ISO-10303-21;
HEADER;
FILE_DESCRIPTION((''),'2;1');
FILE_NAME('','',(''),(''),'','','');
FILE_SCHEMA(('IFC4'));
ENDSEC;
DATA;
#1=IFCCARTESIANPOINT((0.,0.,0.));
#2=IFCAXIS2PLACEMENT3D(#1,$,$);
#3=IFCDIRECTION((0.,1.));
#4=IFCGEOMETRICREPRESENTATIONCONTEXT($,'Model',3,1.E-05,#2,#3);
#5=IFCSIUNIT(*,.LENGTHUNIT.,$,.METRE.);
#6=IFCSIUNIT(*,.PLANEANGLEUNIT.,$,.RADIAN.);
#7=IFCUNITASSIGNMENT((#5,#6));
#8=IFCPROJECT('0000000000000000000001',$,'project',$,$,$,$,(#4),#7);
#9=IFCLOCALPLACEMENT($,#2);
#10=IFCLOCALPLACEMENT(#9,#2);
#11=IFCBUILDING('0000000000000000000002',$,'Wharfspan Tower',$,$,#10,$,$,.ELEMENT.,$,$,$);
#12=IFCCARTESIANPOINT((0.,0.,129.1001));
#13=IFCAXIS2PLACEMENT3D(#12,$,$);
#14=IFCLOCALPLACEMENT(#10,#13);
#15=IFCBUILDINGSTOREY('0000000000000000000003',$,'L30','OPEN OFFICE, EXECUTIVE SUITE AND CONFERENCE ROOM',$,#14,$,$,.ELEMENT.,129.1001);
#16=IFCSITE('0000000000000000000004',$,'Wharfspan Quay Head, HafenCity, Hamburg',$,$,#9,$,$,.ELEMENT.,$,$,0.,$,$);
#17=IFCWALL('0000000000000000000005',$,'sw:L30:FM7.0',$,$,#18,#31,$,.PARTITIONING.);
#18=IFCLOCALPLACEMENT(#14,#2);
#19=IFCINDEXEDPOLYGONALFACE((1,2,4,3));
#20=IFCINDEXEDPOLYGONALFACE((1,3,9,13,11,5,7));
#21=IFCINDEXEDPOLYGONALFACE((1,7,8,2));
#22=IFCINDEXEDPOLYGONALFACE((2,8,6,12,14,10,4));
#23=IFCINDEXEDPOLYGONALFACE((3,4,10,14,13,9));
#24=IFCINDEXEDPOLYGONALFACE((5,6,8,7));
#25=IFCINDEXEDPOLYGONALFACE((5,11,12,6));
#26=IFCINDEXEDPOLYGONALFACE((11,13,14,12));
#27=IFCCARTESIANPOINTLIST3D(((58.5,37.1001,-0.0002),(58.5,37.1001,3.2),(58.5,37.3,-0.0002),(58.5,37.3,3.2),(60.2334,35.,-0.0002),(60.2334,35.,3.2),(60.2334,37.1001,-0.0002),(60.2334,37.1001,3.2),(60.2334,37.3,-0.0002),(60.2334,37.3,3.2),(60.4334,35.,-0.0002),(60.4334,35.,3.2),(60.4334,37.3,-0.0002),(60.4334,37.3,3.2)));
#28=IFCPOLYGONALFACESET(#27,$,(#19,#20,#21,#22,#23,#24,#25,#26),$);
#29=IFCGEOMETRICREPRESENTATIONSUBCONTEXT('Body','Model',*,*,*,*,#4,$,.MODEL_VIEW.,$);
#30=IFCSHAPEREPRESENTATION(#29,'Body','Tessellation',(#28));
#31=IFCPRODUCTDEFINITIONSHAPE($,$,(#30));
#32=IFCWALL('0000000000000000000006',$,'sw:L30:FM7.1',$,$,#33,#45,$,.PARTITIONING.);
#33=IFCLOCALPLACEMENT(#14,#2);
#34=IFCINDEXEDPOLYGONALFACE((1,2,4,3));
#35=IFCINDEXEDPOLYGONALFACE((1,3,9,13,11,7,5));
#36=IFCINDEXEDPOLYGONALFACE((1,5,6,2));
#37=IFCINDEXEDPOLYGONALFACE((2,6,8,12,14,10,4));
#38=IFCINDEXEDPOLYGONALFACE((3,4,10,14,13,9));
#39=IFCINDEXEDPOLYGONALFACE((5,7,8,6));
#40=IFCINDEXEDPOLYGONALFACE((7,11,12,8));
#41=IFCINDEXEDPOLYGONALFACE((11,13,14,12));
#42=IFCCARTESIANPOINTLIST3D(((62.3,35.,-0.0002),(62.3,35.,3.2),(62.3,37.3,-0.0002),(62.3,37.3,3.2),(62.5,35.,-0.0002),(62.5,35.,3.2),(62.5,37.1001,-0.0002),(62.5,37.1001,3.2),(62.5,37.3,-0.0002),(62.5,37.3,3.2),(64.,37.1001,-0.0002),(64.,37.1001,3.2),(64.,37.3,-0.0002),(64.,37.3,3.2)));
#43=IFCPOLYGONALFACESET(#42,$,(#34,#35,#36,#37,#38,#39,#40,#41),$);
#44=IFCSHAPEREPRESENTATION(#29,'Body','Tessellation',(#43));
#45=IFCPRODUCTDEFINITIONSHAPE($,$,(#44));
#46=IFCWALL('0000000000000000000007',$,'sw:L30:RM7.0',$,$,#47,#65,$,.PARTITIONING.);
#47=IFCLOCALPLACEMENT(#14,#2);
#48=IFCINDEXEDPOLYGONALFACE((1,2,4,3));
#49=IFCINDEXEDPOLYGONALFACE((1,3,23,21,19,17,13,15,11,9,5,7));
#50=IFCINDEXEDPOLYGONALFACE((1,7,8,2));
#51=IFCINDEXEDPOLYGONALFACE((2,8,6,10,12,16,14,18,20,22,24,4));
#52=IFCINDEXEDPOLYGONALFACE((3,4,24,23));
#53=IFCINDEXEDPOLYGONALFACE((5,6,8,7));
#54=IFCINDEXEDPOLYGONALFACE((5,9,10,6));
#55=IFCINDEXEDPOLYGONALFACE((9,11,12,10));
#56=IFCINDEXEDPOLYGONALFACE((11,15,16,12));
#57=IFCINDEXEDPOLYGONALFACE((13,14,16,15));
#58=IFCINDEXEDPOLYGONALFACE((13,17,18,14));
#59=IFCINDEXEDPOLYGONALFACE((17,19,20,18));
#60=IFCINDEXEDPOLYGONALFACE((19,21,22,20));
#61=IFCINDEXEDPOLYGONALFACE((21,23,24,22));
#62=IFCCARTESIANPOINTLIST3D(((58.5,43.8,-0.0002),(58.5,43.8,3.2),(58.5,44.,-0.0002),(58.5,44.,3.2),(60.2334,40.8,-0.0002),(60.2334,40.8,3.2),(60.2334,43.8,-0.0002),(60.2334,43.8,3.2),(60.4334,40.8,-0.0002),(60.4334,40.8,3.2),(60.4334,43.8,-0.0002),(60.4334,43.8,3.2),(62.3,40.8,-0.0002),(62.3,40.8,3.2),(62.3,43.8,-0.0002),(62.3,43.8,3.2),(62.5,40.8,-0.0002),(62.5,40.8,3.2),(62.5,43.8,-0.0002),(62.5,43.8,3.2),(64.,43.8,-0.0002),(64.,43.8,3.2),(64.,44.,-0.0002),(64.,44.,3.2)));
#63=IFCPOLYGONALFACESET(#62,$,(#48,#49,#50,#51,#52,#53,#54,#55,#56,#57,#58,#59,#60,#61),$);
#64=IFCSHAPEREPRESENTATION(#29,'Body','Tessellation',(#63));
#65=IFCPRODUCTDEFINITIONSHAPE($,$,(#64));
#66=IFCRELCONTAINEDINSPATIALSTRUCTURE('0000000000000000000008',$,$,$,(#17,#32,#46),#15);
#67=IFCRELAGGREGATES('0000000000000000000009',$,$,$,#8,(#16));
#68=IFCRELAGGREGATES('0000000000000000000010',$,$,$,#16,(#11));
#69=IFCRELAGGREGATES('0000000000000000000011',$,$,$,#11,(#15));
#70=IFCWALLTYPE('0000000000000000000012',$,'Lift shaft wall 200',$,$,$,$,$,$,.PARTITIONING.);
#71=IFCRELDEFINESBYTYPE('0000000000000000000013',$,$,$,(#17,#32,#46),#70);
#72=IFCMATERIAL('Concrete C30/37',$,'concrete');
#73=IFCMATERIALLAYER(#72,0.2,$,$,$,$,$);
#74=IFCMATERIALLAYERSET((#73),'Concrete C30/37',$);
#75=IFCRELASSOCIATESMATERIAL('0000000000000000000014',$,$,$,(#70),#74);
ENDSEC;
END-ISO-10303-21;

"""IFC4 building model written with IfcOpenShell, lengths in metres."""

from ifc_helpers import new_model, si_unit, direction, frame, origin, place, context, subcontext, project, spatial, polyline, outline, extrude, material, layer, layer_set, type_object, element, save


model = new_model("IFC4")

# Units and contexts
model_context = context("Model", 3, precision=1e-05, world=origin(), true_north=direction((0.0, 1.0)))
body_context = subcontext(model_context, "Body", "Model", "MODEL_VIEW")
ifc_project = project(units=[si_unit("LENGTHUNIT", "METRE"), si_unit("PLANEANGLEUNIT", "RADIAN")], contexts=[model_context])

# Site, building, storey
site_placement = place(None, origin())
site = spatial("IfcSite", under=ifc_project, at=site_placement, Name="Wharfspan Quay Head, HafenCity, Hamburg", CompositionType="ELEMENT", RefElevation=0.0)
building_placement = place(site_placement, origin())
building = spatial("IfcBuilding", under=site, at=building_placement, Name="Wharfspan Tower", CompositionType="ELEMENT")
storey_placement = place(building_placement, frame((0.0, 0.0, 129.1001)))
storey = spatial("IfcBuildingStorey", under=building, at=storey_placement, Name="L30", Description="OPEN OFFICE, EXECUTIVE SUITE AND CONFERENCE ROOM", CompositionType="ELEMENT", Elevation=129.1001)

# Walls
ifc_material_1 = material(Name="Concrete C30/37", Category="concrete")
ifc_layer_1 = layer(ifc_material_1, 0.2)
ifc_layer_set_1 = layer_set([ifc_layer_1], Name="Concrete C30/37")
wall_type_1 = type_object("IfcWallType", Name="Lift shaft wall 200", PredefinedType="PARTITIONING", material=ifc_layer_set_1)
wall_1_placement = place(storey_placement, frame((0.0, 0.0, -0.0002)))
element("IfcWall", 1, at=wall_1_placement, inside=storey, type_object=wall_type_1, Name="sw:L30:FM7.0", PredefinedType="PARTITIONING", context=body_context, shape_type="SweptSolid", body=[
    extrude(outline(polyline([(60.2334, 37.1001), (58.5, 37.1001), (58.5, 37.3), (60.2334, 37.3), (60.4333, 37.3), (60.4333, 35.0), (60.2334, 35.0), (60.2334, 37.1001)])), origin(), (0.0, 0.0, 1.0), 3.2002),
])
wall_2_placement = place(storey_placement, frame((0.0, 0.0, -0.0002)))
element("IfcWall", 2, at=wall_2_placement, inside=storey, type_object=wall_type_1, Name="sw:L30:FM7.1", PredefinedType="PARTITIONING", context=body_context, shape_type="SweptSolid", body=[
    extrude(outline(polyline([(62.3, 37.3), (62.5, 37.3), (64.0, 37.3), (64.0, 37.1001), (62.5, 37.1001), (62.5, 35.0), (62.3, 35.0), (62.3, 37.3)])), origin(), (0.0, 0.0, 1.0), 3.2002),
])
wall_3_placement = place(storey_placement, frame((0.0, 0.0, -0.0002)))
element("IfcWall", 3, at=wall_3_placement, inside=storey, type_object=wall_type_1, Name="sw:L30:RM7.0", PredefinedType="PARTITIONING", context=body_context, shape_type="SweptSolid", body=[
    extrude(outline(polyline([(60.4333, 40.8), (60.2334, 40.8), (60.2334, 43.8), (58.5, 43.8), (58.5, 44.0), (64.0, 44.0), (64.0, 43.8), (62.5, 43.8), (62.5, 40.8), (62.3, 40.8), (62.3, 43.8), (60.4333, 43.8), (60.4333, 40.8)])), origin(), (0.0, 0.0, 1.0), 3.2002),
])

save(model, "model.ifc")
